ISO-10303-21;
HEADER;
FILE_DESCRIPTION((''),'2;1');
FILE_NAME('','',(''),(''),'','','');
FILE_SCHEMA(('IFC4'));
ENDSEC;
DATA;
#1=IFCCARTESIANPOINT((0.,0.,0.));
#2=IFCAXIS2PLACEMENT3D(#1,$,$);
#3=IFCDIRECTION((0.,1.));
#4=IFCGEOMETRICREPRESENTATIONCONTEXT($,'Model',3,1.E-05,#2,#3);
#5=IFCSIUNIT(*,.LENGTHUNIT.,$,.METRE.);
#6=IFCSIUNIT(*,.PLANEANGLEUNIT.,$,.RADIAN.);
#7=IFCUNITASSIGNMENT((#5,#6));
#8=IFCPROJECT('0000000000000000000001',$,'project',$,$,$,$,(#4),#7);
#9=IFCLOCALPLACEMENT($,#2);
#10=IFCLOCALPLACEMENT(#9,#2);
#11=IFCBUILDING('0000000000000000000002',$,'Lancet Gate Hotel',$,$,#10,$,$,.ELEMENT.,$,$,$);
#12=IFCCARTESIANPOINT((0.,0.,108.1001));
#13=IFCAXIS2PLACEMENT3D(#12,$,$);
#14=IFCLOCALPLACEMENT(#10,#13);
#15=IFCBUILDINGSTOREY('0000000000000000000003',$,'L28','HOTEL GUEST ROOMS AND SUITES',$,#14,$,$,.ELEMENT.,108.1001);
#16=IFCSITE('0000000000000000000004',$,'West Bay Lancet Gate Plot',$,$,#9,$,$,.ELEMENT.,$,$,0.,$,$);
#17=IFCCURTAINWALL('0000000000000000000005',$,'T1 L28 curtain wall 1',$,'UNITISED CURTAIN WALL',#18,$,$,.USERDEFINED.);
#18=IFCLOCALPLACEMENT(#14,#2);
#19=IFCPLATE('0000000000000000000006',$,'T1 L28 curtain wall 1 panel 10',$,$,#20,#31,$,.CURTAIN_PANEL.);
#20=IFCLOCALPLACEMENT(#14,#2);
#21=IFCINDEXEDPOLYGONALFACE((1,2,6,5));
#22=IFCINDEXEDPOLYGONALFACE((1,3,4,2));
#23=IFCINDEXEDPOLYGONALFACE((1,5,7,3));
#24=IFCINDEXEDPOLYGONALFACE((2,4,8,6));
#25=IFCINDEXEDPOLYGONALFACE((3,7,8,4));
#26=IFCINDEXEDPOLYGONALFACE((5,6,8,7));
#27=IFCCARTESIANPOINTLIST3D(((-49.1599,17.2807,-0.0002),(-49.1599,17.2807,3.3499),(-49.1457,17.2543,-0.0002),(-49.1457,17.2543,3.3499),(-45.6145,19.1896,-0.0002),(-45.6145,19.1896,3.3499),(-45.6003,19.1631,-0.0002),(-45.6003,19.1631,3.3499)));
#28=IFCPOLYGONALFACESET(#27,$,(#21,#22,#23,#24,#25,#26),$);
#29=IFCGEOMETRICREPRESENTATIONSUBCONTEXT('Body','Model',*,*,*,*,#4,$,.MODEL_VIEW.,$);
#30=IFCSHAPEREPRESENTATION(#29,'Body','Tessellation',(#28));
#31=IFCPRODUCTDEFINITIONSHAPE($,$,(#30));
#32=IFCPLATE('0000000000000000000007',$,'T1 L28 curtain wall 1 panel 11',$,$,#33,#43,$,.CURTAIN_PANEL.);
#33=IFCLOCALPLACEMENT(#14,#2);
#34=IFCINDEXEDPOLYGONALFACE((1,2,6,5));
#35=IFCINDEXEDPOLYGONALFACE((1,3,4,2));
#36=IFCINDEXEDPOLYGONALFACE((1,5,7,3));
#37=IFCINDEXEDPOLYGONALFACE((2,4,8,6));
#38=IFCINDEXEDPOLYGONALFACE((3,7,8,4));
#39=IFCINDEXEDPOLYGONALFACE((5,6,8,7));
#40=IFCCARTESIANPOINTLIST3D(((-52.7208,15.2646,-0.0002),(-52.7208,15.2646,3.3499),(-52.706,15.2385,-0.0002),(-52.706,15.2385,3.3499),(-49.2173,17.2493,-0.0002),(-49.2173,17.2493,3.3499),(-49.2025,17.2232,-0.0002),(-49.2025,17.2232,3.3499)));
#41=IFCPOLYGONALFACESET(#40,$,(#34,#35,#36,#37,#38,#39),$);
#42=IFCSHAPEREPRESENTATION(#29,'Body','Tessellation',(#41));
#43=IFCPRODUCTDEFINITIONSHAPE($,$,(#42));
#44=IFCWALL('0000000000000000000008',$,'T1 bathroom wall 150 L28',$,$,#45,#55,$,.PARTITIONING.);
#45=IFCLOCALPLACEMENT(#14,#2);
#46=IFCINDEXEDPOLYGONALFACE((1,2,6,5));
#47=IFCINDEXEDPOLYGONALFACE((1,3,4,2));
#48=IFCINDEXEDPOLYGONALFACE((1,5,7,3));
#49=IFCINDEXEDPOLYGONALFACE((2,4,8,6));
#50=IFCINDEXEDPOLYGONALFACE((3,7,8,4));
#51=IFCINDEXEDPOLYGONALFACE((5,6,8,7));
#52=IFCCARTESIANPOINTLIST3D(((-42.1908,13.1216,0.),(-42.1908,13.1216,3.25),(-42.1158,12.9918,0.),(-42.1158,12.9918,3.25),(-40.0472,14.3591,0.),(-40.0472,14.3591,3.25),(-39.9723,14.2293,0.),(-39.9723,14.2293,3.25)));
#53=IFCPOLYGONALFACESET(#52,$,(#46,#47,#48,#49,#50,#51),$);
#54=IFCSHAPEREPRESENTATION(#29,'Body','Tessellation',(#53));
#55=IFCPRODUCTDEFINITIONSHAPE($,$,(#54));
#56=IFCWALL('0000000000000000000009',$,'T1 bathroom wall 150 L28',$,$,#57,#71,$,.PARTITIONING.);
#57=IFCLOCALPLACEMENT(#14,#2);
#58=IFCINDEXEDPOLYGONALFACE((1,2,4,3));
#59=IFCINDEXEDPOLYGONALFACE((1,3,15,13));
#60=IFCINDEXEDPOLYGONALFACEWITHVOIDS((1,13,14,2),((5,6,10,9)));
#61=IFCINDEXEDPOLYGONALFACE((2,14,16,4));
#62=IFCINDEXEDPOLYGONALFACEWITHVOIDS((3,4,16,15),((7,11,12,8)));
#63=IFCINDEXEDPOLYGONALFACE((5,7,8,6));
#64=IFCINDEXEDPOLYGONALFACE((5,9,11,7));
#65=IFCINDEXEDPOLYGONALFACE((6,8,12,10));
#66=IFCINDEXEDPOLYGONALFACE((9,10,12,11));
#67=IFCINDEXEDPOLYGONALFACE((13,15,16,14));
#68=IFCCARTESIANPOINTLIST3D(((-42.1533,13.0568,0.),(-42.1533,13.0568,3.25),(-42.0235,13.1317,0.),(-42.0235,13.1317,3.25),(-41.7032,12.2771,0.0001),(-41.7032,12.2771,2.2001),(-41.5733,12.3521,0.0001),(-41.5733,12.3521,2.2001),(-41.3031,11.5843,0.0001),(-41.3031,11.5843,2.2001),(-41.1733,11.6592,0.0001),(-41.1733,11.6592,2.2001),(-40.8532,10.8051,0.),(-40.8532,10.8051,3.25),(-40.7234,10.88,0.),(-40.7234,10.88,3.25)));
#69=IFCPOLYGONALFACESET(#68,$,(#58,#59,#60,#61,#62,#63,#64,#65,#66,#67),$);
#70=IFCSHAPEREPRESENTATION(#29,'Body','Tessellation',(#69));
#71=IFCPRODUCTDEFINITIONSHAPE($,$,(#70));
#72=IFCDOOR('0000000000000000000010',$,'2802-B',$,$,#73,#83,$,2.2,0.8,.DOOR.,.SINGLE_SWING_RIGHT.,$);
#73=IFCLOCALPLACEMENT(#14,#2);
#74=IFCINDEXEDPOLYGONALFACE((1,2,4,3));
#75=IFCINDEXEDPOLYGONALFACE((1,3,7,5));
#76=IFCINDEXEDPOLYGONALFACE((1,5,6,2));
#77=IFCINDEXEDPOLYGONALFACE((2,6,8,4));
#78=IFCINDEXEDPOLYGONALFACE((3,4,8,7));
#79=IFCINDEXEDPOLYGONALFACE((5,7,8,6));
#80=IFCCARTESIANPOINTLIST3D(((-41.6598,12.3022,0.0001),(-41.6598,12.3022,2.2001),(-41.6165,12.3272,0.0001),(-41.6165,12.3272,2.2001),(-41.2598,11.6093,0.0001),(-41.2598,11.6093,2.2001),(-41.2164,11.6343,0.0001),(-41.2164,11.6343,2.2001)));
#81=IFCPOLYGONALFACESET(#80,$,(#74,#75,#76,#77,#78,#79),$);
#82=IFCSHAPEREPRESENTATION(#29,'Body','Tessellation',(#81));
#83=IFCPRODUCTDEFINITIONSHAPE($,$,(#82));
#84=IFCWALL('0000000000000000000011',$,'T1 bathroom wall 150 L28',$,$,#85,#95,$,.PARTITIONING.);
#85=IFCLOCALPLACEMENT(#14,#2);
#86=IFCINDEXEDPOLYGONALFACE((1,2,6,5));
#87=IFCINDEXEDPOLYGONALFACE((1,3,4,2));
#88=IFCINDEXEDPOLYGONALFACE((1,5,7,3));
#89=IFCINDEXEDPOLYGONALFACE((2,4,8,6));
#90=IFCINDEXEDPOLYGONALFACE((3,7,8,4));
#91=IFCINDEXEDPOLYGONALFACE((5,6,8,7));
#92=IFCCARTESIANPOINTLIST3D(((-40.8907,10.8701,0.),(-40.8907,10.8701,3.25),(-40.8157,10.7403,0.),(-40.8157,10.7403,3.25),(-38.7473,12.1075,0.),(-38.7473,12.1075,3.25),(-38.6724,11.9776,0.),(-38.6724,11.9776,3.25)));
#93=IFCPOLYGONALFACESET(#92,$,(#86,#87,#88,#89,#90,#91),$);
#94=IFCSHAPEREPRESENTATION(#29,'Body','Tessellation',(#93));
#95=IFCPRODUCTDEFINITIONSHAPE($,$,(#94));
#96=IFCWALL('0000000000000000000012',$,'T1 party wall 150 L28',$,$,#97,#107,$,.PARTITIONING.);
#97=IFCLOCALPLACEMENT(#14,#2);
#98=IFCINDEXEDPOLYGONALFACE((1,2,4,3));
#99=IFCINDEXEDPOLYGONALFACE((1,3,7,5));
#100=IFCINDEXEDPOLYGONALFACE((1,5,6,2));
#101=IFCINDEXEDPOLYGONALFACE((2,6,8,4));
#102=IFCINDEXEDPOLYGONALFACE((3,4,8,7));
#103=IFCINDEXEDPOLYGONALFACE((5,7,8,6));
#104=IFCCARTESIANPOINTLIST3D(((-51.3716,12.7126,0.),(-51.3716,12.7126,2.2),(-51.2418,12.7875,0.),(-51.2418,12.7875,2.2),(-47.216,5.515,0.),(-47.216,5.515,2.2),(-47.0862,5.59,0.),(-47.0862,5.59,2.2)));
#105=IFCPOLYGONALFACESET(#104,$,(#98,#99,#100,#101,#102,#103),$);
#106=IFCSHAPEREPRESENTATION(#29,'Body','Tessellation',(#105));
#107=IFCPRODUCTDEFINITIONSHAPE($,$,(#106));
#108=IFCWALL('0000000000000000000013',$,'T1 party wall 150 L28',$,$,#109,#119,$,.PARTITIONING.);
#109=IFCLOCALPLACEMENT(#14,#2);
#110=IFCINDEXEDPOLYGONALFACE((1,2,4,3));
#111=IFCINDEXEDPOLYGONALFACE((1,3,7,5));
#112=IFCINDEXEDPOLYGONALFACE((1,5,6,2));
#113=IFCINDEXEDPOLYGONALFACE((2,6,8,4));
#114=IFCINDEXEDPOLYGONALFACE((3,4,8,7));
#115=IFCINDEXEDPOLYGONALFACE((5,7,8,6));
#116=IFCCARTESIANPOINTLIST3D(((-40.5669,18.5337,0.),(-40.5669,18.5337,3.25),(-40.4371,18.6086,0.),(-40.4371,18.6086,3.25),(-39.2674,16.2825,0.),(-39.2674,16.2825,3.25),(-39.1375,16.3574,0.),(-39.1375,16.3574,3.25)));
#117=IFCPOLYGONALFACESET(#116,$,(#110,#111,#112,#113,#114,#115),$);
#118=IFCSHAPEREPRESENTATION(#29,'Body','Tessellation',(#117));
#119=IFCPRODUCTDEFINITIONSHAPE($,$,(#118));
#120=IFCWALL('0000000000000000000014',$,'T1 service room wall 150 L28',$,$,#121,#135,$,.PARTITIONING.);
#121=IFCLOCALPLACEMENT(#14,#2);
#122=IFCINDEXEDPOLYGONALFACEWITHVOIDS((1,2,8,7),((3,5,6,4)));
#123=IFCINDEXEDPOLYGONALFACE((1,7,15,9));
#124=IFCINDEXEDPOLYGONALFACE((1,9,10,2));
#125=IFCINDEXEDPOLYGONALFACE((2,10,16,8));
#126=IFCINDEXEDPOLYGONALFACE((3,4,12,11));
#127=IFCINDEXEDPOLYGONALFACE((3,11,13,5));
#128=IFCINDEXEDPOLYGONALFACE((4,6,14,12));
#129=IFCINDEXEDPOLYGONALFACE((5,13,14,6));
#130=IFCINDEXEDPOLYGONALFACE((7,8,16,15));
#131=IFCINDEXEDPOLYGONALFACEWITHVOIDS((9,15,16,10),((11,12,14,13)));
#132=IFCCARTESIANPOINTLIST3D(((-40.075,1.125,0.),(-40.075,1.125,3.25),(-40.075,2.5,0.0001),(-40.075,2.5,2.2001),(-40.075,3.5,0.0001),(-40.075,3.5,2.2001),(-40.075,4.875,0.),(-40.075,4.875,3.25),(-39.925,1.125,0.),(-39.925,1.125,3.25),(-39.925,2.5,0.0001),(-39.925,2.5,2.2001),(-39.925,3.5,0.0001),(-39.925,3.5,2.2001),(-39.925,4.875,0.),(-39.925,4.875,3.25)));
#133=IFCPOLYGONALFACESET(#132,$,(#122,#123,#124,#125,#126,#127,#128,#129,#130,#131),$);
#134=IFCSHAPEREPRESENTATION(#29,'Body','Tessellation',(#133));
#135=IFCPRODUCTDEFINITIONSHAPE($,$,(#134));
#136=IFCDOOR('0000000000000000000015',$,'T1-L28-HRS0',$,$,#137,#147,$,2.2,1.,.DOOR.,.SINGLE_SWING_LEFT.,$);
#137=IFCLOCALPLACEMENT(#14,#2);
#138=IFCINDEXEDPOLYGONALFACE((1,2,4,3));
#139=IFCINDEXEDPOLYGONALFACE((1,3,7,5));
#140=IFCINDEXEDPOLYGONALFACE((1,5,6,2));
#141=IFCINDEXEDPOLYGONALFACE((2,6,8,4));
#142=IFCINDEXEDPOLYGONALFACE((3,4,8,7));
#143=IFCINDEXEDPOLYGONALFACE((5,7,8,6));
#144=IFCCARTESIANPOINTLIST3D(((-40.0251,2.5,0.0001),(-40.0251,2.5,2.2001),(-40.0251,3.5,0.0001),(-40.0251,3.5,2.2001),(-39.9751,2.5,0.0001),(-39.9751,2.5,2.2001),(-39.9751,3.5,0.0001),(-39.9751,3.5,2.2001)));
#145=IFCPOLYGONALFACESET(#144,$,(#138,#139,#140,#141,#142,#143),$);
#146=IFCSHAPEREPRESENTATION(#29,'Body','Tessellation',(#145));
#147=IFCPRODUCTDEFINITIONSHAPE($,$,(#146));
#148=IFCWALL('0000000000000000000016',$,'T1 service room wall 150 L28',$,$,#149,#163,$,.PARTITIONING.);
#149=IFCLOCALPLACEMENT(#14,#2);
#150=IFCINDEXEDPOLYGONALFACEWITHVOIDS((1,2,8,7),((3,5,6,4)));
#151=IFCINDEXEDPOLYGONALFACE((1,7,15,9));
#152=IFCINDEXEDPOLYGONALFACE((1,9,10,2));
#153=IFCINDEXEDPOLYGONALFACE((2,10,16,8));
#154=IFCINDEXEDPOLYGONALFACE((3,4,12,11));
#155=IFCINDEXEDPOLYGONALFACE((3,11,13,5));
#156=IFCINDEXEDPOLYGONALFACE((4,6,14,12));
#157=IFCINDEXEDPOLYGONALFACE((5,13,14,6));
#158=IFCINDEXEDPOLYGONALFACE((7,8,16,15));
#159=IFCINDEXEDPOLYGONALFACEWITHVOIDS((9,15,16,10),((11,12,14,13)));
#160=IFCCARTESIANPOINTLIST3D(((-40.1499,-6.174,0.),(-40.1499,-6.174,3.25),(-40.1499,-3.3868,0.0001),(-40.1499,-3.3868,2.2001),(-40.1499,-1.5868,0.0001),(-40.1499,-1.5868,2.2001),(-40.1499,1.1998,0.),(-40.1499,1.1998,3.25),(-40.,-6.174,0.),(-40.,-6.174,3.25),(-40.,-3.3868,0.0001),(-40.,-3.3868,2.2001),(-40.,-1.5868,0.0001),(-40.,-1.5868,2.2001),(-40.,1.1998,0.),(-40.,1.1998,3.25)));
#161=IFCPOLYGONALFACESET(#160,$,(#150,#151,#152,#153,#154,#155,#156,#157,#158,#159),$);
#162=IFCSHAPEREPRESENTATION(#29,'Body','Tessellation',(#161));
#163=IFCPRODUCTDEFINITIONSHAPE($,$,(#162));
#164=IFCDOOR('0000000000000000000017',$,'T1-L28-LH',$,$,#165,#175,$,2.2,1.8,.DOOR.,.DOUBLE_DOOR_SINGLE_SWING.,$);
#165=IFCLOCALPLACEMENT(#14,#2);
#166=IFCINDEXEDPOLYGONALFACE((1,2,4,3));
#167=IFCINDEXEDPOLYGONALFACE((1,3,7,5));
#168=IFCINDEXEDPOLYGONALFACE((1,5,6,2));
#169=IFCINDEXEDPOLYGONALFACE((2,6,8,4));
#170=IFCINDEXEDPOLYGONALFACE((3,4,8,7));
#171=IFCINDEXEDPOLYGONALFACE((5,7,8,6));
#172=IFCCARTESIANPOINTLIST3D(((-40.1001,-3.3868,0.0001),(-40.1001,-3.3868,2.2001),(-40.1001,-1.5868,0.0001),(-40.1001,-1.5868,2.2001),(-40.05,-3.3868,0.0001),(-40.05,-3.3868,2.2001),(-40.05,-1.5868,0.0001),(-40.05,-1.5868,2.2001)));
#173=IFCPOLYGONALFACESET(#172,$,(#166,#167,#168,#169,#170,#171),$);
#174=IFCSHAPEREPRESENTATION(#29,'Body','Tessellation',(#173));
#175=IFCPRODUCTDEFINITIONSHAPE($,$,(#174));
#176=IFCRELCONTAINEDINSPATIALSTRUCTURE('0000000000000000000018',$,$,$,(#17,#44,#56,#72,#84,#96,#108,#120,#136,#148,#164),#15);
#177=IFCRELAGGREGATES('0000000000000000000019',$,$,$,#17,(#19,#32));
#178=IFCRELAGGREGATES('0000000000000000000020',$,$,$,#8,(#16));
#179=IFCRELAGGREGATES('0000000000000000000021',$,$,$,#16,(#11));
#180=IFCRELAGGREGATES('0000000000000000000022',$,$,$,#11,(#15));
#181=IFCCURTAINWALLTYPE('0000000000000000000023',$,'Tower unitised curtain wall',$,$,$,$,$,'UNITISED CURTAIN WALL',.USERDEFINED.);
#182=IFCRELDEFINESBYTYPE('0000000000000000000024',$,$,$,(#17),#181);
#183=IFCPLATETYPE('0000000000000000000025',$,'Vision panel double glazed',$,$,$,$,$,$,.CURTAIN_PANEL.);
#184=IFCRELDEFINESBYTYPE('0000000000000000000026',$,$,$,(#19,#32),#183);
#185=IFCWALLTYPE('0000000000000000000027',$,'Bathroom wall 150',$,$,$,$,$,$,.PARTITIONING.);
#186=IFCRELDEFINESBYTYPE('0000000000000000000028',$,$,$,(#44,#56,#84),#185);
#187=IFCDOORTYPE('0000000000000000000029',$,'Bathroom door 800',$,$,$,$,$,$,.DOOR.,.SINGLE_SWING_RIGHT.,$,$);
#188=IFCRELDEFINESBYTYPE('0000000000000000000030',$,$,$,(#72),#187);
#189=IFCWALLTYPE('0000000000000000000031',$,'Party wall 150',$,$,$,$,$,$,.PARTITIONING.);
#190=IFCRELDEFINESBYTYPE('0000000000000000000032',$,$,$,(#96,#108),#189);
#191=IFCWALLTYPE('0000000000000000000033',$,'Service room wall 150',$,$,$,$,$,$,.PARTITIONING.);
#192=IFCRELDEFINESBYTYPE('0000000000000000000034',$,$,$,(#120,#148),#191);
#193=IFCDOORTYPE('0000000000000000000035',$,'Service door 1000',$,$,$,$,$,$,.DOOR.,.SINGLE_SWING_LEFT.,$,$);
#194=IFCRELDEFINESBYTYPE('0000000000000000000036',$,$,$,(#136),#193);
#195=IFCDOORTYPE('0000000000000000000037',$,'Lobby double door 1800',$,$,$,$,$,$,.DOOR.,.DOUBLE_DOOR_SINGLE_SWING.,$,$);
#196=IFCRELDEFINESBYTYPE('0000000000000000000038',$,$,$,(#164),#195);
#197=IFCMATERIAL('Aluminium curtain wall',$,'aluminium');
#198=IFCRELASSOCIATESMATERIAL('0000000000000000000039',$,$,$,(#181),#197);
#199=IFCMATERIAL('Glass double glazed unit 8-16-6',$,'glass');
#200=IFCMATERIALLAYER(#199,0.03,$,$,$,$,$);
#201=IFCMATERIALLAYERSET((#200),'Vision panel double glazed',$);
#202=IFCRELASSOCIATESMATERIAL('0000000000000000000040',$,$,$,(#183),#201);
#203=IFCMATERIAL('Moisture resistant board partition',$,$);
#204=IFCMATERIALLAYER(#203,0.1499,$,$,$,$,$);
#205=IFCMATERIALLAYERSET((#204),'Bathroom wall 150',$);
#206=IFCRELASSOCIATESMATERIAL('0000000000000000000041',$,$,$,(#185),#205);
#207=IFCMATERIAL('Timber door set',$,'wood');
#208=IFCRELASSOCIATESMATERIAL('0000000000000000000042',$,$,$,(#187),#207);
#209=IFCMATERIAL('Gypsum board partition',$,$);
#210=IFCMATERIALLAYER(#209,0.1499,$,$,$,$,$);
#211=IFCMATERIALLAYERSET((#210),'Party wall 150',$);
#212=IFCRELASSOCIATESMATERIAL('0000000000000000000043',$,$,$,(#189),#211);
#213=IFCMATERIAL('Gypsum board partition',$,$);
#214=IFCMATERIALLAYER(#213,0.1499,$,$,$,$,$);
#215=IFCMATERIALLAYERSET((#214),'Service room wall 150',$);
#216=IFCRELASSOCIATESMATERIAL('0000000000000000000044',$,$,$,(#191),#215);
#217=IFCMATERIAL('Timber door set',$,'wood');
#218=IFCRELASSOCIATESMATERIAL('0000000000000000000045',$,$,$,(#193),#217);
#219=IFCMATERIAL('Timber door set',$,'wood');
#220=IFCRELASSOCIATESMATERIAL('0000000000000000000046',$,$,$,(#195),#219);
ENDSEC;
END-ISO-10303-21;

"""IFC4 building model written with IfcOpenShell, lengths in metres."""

from ifc_helpers import new_model, si_unit, direction, frame, frame_2d, origin, origin_2d, place, context, subcontext, project, spatial, rectangle, extrude, material, layer, layer_set, type_object, element, fill, aggregate, save


model = new_model("IFC4")

# Units and contexts
model_context = context("Model", 3, precision=1e-05, world=origin(), true_north=direction((0.0, 1.0)))
body_context = subcontext(model_context, "Body", "Model", "MODEL_VIEW")
ifc_project = project(units=[si_unit("LENGTHUNIT", "METRE"), si_unit("PLANEANGLEUNIT", "RADIAN")], contexts=[model_context])

# Site, building, storey
site_placement = place(None, origin())
site = spatial("IfcSite", under=ifc_project, at=site_placement, Name="West Bay Lancet Gate Plot", CompositionType="ELEMENT", RefElevation=0.0)
building_placement = place(site_placement, origin())
building = spatial("IfcBuilding", under=site, at=building_placement, Name="Lancet Gate Hotel", CompositionType="ELEMENT")
storey_placement = place(building_placement, frame((0.0, 0.0, 108.1001)))
storey = spatial("IfcBuildingStorey", under=building, at=storey_placement, Name="L28", Description="HOTEL GUEST ROOMS AND SUITES", CompositionType="ELEMENT", Elevation=108.1001)

# Curtain wall
ifc_material_1 = material(Name="Aluminium curtain wall", Category="aluminium")
curtain_wall_type = type_object("IfcCurtainWallType", Name="Tower unitised curtain wall", ElementType="UNITISED CURTAIN WALL", PredefinedType="USERDEFINED", material=ifc_material_1)
curtain_wall_placement = place(storey_placement, origin())
curtain_wall = element("IfcCurtainWall", 1, at=curtain_wall_placement, inside=storey, type_object=curtain_wall_type, Name="T1 L28 curtain wall 1", ObjectType="UNITISED CURTAIN WALL", PredefinedType="USERDEFINED")

# Plates
ifc_material_2 = material(Name="Glass double glazed unit 8-16-6", Category="glass")
ifc_layer_1 = layer(ifc_material_2, 0.03)
ifc_layer_set_1 = layer_set([ifc_layer_1], Name="Vision panel double glazed")
plate_type = type_object("IfcPlateType", Name="Vision panel double glazed", PredefinedType="CURTAIN_PANEL", material=ifc_layer_set_1)
plate_1_placement = place(storey_placement, frame((-47.3801, 18.2219, -0.0002), z_axis=(0.0, 0.0, 1.0), x_axis=(-0.880493, -0.47406, 0.0)))
plate_1 = element("IfcPlate", 2, at=plate_1_placement, type_object=plate_type, Name="T1 L28 curtain wall 1 panel 10", PredefinedType="CURTAIN_PANEL", context=body_context, shape_type="SweptSolid", body=[
    extrude(rectangle(XDim=4.0266, YDim=0.03, at=origin_2d()), origin(), (0.0, 0.0, 1.0), 3.3501),
])
plate_2_placement = place(storey_placement, frame((-50.9617, 16.2439, -0.0002), z_axis=(0.0, 0.0, 1.0), x_axis=(-0.870084, -0.492904, 0.0)))
plate_2 = element("IfcPlate", 3, at=plate_2_placement, type_object=plate_type, Name="T1 L28 curtain wall 1 panel 11", PredefinedType="CURTAIN_PANEL", context=body_context, shape_type="SweptSolid", body=[
    extrude(rectangle(XDim=4.0266, YDim=0.03, at=origin_2d()), origin(), (0.0, 0.0, 1.0), 3.3501),
])
aggregate(curtain_wall, [plate_1, plate_2])

# Wall
ifc_material_3 = material(Name="Moisture resistant board partition")
ifc_layer_2 = layer(ifc_material_3, 0.1499)
ifc_layer_set_2 = layer_set([ifc_layer_2], Name="Bathroom wall 150")
wall_type_1 = type_object("IfcWallType", Name="Bathroom wall 150", PredefinedType="PARTITIONING", material=ifc_layer_set_2)
wall_1_placement = place(storey_placement, frame((-40.0098, 14.2942, 0.0), z_axis=(0.0, 0.0, 1.0), x_axis=(-0.866031, -0.49999, 0.0)))
element("IfcWall", 4, at=wall_1_placement, inside=storey, type_object=wall_type_1, Name="T1 bathroom wall 150 L28", PredefinedType="PARTITIONING", context=body_context, shape_type="SweptSolid", body=[
    extrude(rectangle(XDim=2.4751, YDim=0.1499, at=frame_2d((1.2375, 0.0))), origin(), (0.0, 0.0, 1.0), 3.25),
])

# Wall, opening, door
wall_2_placement = place(storey_placement, frame((-40.7883, 10.8425, 0.0), z_axis=(0.0, 0.0, 1.0), x_axis=(-0.500007, 0.866021, 0.0)))
wall_2 = element("IfcWall", 5, at=wall_2_placement, inside=storey, type_object=wall_type_1, Name="T1 bathroom wall 150 L28", PredefinedType="PARTITIONING", context=body_context, shape_type="SweptSolid", body=[
    extrude(rectangle(XDim=2.6001, YDim=0.1499, at=frame_2d((1.3, 0.0))), origin(), (0.0, 0.0, 1.0), 3.25),
])
opening_1_placement = place(wall_2_placement, frame((0.8999, 0.0, 0.0)))
opening_1 = element("IfcOpeningElement", 6, at=opening_1_placement, cuts=wall_2, PredefinedType="OPENING", context=body_context, shape_type="SweptSolid", body=[
    extrude(rectangle(XDim=0.8, YDim=2.2, at=frame_2d((0.3999, 1.1001))), frame((0.0, 0.085, 0.0), z_axis=(0.0, -1.0, 0.0), x_axis=(1.0, 0.0, 0.0)), (0.0, 0.0, 1.0), 0.1699),
])
ifc_material_4 = material(Name="Timber door set", Category="wood")
door_type_1 = type_object("IfcDoorType", Name="Bathroom door 800", OperationType="SINGLE_SWING_RIGHT", PredefinedType="DOOR", material=ifc_material_4)
door_1_placement = place(opening_1_placement, origin())
door_1 = element("IfcDoor", 7, at=door_1_placement, inside=storey, type_object=door_type_1, Name="2802-B", OperationType="SINGLE_SWING_RIGHT", OverallHeight=2.2, OverallWidth=0.8, PredefinedType="DOOR", context=body_context, shape_type="SweptSolid", body=[
    extrude(rectangle(XDim=0.8, YDim=2.2, at=frame_2d((0.3999, 1.1001))), frame((0.0, 0.0249, 0.0), z_axis=(0.0, -1.0, 0.0), x_axis=(1.0, 0.0, 0.0)), (0.0, 0.0, 1.0), 0.05),
])
fill(opening_1, door_1)

# Walls
wall_3_placement = place(storey_placement, frame((-38.71, 12.0425, 0.0), z_axis=(0.0, 0.0, 1.0), x_axis=(-0.866049, -0.499959, 0.0)))
element("IfcWall", 8, at=wall_3_placement, inside=storey, type_object=wall_type_1, Name="T1 bathroom wall 150 L28", PredefinedType="PARTITIONING", context=body_context, shape_type="SweptSolid", body=[
    extrude(rectangle(XDim=2.4749, YDim=0.1499, at=frame_2d((1.2373, 0.0))), origin(), (0.0, 0.0, 1.0), 3.25),
])
ifc_material_5 = material(Name="Gypsum board partition")
ifc_layer_3 = layer(ifc_material_5, 0.1499)
ifc_layer_set_3 = layer_set([ifc_layer_3], Name="Party wall 150")
wall_type_2 = type_object("IfcWallType", Name="Party wall 150", PredefinedType="PARTITIONING", material=ifc_layer_set_3)
wall_4_placement = place(storey_placement, frame((-47.1511, 5.5525, 0.0), z_axis=(0.0, 0.0, 1.0), x_axis=(-0.500003, 0.866024, 0.0)))
element("IfcWall", 9, at=wall_4_placement, inside=storey, type_object=wall_type_2, Name="T1 party wall 150 L28", PredefinedType="PARTITIONING", context=body_context, shape_type="SweptSolid", body=[
    extrude(rectangle(XDim=8.311, YDim=0.1499, at=frame_2d((4.1555, 0.0))), origin(), (0.0, 0.0, 1.0), 2.2),
])
wall_5_placement = place(storey_placement, frame((-39.2024, 16.3198, 0.0), z_axis=(0.0, 0.0, 1.0), x_axis=(-0.499947, 0.866056, 0.0)))
element("IfcWall", 10, at=wall_5_placement, inside=storey, type_object=wall_type_2, Name="T1 party wall 150 L28", PredefinedType="PARTITIONING", context=body_context, shape_type="SweptSolid", body=[
    extrude(rectangle(XDim=2.5994, YDim=0.1499, at=frame_2d((1.2998, 0.0))), origin(), (0.0, 0.0, 1.0), 3.25),
])

# Walls, openings, doors
ifc_material_6 = material(Name="Gypsum board partition")
ifc_layer_4 = layer(ifc_material_6, 0.1499)
ifc_layer_set_4 = layer_set([ifc_layer_4], Name="Service room wall 150")
wall_type_3 = type_object("IfcWallType", Name="Service room wall 150", PredefinedType="PARTITIONING", material=ifc_layer_set_4)
wall_6_placement = place(storey_placement, frame((-40.0, 4.875, 0.0), z_axis=(0.0, 0.0, 1.0), x_axis=(0.0, -1.0, 0.0)))
wall_6 = element("IfcWall", 11, at=wall_6_placement, inside=storey, type_object=wall_type_3, Name="T1 service room wall 150 L28", PredefinedType="PARTITIONING", context=body_context, shape_type="SweptSolid", body=[
    extrude(rectangle(XDim=3.75, YDim=0.1499, at=frame_2d((1.875, 0.0))), origin(), (0.0, 0.0, 1.0), 3.25),
])
opening_2_placement = place(wall_6_placement, frame((1.375, 0.0, 0.0)))
opening_2 = element("IfcOpeningElement", 12, at=opening_2_placement, cuts=wall_6, PredefinedType="OPENING", context=body_context, shape_type="SweptSolid", body=[
    extrude(rectangle(XDim=1.0, YDim=2.2, at=frame_2d((0.5, 1.1001))), frame((0.0, 0.085, 0.0), z_axis=(0.0, -1.0, 0.0), x_axis=(1.0, 0.0, 0.0)), (0.0, 0.0, 1.0), 0.1699),
])
ifc_material_7 = material(Name="Timber door set", Category="wood")
door_type_2 = type_object("IfcDoorType", Name="Service door 1000", OperationType="SINGLE_SWING_LEFT", PredefinedType="DOOR", material=ifc_material_7)
door_2_placement = place(opening_2_placement, origin())
door_2 = element("IfcDoor", 13, at=door_2_placement, inside=storey, type_object=door_type_2, Name="T1-L28-HRS0", OperationType="SINGLE_SWING_LEFT", OverallHeight=2.2, OverallWidth=1.0, PredefinedType="DOOR", context=body_context, shape_type="SweptSolid", body=[
    extrude(rectangle(XDim=1.0, YDim=2.2, at=frame_2d((0.5, 1.1001))), frame((0.0, 0.0249, 0.0), z_axis=(0.0, -1.0, 0.0), x_axis=(1.0, 0.0, 0.0)), (0.0, 0.0, 1.0), 0.05),
])
fill(opening_2, door_2)
wall_7_placement = place(storey_placement, frame((-40.075, 1.2, 0.0), z_axis=(0.0, 0.0, 1.0), x_axis=(0.0, -1.0, 0.0)))
wall_7 = element("IfcWall", 14, at=wall_7_placement, inside=storey, type_object=wall_type_3, Name="T1 service room wall 150 L28", PredefinedType="PARTITIONING", context=body_context, shape_type="SweptSolid", body=[
    extrude(rectangle(XDim=7.3738, YDim=0.1499, at=frame_2d((3.687, 0.0))), origin(), (0.0, 0.0, 1.0), 3.25),
])
opening_3_placement = place(wall_7_placement, frame((2.7869, 0.0, 0.0)))
opening_3 = element("IfcOpeningElement", 15, at=opening_3_placement, cuts=wall_7, PredefinedType="OPENING", context=body_context, shape_type="SweptSolid", body=[
    extrude(rectangle(XDim=1.8, YDim=2.2, at=frame_2d((0.8999, 1.1001))), frame((0.0, 0.085, 0.0), z_axis=(0.0, -1.0, 0.0), x_axis=(1.0, 0.0, 0.0)), (0.0, 0.0, 1.0), 0.1699),
])
ifc_material_8 = material(Name="Timber door set", Category="wood")
door_type_3 = type_object("IfcDoorType", Name="Lobby double door 1800", OperationType="DOUBLE_DOOR_SINGLE_SWING", PredefinedType="DOOR", material=ifc_material_8)
door_3_placement = place(opening_3_placement, origin())
door_3 = element("IfcDoor", 16, at=door_3_placement, inside=storey, type_object=door_type_3, Name="T1-L28-LH", OperationType="DOUBLE_DOOR_SINGLE_SWING", OverallHeight=2.2, OverallWidth=1.8, PredefinedType="DOOR", context=body_context, shape_type="SweptSolid", body=[
    extrude(rectangle(XDim=1.8, YDim=2.2, at=frame_2d((0.8999, 1.1001))), frame((0.0, 0.0249, 0.0), z_axis=(0.0, -1.0, 0.0), x_axis=(1.0, 0.0, 0.0)), (0.0, 0.0, 1.0), 0.05),
])
fill(opening_3, door_3)

save(model, "model.ifc")
